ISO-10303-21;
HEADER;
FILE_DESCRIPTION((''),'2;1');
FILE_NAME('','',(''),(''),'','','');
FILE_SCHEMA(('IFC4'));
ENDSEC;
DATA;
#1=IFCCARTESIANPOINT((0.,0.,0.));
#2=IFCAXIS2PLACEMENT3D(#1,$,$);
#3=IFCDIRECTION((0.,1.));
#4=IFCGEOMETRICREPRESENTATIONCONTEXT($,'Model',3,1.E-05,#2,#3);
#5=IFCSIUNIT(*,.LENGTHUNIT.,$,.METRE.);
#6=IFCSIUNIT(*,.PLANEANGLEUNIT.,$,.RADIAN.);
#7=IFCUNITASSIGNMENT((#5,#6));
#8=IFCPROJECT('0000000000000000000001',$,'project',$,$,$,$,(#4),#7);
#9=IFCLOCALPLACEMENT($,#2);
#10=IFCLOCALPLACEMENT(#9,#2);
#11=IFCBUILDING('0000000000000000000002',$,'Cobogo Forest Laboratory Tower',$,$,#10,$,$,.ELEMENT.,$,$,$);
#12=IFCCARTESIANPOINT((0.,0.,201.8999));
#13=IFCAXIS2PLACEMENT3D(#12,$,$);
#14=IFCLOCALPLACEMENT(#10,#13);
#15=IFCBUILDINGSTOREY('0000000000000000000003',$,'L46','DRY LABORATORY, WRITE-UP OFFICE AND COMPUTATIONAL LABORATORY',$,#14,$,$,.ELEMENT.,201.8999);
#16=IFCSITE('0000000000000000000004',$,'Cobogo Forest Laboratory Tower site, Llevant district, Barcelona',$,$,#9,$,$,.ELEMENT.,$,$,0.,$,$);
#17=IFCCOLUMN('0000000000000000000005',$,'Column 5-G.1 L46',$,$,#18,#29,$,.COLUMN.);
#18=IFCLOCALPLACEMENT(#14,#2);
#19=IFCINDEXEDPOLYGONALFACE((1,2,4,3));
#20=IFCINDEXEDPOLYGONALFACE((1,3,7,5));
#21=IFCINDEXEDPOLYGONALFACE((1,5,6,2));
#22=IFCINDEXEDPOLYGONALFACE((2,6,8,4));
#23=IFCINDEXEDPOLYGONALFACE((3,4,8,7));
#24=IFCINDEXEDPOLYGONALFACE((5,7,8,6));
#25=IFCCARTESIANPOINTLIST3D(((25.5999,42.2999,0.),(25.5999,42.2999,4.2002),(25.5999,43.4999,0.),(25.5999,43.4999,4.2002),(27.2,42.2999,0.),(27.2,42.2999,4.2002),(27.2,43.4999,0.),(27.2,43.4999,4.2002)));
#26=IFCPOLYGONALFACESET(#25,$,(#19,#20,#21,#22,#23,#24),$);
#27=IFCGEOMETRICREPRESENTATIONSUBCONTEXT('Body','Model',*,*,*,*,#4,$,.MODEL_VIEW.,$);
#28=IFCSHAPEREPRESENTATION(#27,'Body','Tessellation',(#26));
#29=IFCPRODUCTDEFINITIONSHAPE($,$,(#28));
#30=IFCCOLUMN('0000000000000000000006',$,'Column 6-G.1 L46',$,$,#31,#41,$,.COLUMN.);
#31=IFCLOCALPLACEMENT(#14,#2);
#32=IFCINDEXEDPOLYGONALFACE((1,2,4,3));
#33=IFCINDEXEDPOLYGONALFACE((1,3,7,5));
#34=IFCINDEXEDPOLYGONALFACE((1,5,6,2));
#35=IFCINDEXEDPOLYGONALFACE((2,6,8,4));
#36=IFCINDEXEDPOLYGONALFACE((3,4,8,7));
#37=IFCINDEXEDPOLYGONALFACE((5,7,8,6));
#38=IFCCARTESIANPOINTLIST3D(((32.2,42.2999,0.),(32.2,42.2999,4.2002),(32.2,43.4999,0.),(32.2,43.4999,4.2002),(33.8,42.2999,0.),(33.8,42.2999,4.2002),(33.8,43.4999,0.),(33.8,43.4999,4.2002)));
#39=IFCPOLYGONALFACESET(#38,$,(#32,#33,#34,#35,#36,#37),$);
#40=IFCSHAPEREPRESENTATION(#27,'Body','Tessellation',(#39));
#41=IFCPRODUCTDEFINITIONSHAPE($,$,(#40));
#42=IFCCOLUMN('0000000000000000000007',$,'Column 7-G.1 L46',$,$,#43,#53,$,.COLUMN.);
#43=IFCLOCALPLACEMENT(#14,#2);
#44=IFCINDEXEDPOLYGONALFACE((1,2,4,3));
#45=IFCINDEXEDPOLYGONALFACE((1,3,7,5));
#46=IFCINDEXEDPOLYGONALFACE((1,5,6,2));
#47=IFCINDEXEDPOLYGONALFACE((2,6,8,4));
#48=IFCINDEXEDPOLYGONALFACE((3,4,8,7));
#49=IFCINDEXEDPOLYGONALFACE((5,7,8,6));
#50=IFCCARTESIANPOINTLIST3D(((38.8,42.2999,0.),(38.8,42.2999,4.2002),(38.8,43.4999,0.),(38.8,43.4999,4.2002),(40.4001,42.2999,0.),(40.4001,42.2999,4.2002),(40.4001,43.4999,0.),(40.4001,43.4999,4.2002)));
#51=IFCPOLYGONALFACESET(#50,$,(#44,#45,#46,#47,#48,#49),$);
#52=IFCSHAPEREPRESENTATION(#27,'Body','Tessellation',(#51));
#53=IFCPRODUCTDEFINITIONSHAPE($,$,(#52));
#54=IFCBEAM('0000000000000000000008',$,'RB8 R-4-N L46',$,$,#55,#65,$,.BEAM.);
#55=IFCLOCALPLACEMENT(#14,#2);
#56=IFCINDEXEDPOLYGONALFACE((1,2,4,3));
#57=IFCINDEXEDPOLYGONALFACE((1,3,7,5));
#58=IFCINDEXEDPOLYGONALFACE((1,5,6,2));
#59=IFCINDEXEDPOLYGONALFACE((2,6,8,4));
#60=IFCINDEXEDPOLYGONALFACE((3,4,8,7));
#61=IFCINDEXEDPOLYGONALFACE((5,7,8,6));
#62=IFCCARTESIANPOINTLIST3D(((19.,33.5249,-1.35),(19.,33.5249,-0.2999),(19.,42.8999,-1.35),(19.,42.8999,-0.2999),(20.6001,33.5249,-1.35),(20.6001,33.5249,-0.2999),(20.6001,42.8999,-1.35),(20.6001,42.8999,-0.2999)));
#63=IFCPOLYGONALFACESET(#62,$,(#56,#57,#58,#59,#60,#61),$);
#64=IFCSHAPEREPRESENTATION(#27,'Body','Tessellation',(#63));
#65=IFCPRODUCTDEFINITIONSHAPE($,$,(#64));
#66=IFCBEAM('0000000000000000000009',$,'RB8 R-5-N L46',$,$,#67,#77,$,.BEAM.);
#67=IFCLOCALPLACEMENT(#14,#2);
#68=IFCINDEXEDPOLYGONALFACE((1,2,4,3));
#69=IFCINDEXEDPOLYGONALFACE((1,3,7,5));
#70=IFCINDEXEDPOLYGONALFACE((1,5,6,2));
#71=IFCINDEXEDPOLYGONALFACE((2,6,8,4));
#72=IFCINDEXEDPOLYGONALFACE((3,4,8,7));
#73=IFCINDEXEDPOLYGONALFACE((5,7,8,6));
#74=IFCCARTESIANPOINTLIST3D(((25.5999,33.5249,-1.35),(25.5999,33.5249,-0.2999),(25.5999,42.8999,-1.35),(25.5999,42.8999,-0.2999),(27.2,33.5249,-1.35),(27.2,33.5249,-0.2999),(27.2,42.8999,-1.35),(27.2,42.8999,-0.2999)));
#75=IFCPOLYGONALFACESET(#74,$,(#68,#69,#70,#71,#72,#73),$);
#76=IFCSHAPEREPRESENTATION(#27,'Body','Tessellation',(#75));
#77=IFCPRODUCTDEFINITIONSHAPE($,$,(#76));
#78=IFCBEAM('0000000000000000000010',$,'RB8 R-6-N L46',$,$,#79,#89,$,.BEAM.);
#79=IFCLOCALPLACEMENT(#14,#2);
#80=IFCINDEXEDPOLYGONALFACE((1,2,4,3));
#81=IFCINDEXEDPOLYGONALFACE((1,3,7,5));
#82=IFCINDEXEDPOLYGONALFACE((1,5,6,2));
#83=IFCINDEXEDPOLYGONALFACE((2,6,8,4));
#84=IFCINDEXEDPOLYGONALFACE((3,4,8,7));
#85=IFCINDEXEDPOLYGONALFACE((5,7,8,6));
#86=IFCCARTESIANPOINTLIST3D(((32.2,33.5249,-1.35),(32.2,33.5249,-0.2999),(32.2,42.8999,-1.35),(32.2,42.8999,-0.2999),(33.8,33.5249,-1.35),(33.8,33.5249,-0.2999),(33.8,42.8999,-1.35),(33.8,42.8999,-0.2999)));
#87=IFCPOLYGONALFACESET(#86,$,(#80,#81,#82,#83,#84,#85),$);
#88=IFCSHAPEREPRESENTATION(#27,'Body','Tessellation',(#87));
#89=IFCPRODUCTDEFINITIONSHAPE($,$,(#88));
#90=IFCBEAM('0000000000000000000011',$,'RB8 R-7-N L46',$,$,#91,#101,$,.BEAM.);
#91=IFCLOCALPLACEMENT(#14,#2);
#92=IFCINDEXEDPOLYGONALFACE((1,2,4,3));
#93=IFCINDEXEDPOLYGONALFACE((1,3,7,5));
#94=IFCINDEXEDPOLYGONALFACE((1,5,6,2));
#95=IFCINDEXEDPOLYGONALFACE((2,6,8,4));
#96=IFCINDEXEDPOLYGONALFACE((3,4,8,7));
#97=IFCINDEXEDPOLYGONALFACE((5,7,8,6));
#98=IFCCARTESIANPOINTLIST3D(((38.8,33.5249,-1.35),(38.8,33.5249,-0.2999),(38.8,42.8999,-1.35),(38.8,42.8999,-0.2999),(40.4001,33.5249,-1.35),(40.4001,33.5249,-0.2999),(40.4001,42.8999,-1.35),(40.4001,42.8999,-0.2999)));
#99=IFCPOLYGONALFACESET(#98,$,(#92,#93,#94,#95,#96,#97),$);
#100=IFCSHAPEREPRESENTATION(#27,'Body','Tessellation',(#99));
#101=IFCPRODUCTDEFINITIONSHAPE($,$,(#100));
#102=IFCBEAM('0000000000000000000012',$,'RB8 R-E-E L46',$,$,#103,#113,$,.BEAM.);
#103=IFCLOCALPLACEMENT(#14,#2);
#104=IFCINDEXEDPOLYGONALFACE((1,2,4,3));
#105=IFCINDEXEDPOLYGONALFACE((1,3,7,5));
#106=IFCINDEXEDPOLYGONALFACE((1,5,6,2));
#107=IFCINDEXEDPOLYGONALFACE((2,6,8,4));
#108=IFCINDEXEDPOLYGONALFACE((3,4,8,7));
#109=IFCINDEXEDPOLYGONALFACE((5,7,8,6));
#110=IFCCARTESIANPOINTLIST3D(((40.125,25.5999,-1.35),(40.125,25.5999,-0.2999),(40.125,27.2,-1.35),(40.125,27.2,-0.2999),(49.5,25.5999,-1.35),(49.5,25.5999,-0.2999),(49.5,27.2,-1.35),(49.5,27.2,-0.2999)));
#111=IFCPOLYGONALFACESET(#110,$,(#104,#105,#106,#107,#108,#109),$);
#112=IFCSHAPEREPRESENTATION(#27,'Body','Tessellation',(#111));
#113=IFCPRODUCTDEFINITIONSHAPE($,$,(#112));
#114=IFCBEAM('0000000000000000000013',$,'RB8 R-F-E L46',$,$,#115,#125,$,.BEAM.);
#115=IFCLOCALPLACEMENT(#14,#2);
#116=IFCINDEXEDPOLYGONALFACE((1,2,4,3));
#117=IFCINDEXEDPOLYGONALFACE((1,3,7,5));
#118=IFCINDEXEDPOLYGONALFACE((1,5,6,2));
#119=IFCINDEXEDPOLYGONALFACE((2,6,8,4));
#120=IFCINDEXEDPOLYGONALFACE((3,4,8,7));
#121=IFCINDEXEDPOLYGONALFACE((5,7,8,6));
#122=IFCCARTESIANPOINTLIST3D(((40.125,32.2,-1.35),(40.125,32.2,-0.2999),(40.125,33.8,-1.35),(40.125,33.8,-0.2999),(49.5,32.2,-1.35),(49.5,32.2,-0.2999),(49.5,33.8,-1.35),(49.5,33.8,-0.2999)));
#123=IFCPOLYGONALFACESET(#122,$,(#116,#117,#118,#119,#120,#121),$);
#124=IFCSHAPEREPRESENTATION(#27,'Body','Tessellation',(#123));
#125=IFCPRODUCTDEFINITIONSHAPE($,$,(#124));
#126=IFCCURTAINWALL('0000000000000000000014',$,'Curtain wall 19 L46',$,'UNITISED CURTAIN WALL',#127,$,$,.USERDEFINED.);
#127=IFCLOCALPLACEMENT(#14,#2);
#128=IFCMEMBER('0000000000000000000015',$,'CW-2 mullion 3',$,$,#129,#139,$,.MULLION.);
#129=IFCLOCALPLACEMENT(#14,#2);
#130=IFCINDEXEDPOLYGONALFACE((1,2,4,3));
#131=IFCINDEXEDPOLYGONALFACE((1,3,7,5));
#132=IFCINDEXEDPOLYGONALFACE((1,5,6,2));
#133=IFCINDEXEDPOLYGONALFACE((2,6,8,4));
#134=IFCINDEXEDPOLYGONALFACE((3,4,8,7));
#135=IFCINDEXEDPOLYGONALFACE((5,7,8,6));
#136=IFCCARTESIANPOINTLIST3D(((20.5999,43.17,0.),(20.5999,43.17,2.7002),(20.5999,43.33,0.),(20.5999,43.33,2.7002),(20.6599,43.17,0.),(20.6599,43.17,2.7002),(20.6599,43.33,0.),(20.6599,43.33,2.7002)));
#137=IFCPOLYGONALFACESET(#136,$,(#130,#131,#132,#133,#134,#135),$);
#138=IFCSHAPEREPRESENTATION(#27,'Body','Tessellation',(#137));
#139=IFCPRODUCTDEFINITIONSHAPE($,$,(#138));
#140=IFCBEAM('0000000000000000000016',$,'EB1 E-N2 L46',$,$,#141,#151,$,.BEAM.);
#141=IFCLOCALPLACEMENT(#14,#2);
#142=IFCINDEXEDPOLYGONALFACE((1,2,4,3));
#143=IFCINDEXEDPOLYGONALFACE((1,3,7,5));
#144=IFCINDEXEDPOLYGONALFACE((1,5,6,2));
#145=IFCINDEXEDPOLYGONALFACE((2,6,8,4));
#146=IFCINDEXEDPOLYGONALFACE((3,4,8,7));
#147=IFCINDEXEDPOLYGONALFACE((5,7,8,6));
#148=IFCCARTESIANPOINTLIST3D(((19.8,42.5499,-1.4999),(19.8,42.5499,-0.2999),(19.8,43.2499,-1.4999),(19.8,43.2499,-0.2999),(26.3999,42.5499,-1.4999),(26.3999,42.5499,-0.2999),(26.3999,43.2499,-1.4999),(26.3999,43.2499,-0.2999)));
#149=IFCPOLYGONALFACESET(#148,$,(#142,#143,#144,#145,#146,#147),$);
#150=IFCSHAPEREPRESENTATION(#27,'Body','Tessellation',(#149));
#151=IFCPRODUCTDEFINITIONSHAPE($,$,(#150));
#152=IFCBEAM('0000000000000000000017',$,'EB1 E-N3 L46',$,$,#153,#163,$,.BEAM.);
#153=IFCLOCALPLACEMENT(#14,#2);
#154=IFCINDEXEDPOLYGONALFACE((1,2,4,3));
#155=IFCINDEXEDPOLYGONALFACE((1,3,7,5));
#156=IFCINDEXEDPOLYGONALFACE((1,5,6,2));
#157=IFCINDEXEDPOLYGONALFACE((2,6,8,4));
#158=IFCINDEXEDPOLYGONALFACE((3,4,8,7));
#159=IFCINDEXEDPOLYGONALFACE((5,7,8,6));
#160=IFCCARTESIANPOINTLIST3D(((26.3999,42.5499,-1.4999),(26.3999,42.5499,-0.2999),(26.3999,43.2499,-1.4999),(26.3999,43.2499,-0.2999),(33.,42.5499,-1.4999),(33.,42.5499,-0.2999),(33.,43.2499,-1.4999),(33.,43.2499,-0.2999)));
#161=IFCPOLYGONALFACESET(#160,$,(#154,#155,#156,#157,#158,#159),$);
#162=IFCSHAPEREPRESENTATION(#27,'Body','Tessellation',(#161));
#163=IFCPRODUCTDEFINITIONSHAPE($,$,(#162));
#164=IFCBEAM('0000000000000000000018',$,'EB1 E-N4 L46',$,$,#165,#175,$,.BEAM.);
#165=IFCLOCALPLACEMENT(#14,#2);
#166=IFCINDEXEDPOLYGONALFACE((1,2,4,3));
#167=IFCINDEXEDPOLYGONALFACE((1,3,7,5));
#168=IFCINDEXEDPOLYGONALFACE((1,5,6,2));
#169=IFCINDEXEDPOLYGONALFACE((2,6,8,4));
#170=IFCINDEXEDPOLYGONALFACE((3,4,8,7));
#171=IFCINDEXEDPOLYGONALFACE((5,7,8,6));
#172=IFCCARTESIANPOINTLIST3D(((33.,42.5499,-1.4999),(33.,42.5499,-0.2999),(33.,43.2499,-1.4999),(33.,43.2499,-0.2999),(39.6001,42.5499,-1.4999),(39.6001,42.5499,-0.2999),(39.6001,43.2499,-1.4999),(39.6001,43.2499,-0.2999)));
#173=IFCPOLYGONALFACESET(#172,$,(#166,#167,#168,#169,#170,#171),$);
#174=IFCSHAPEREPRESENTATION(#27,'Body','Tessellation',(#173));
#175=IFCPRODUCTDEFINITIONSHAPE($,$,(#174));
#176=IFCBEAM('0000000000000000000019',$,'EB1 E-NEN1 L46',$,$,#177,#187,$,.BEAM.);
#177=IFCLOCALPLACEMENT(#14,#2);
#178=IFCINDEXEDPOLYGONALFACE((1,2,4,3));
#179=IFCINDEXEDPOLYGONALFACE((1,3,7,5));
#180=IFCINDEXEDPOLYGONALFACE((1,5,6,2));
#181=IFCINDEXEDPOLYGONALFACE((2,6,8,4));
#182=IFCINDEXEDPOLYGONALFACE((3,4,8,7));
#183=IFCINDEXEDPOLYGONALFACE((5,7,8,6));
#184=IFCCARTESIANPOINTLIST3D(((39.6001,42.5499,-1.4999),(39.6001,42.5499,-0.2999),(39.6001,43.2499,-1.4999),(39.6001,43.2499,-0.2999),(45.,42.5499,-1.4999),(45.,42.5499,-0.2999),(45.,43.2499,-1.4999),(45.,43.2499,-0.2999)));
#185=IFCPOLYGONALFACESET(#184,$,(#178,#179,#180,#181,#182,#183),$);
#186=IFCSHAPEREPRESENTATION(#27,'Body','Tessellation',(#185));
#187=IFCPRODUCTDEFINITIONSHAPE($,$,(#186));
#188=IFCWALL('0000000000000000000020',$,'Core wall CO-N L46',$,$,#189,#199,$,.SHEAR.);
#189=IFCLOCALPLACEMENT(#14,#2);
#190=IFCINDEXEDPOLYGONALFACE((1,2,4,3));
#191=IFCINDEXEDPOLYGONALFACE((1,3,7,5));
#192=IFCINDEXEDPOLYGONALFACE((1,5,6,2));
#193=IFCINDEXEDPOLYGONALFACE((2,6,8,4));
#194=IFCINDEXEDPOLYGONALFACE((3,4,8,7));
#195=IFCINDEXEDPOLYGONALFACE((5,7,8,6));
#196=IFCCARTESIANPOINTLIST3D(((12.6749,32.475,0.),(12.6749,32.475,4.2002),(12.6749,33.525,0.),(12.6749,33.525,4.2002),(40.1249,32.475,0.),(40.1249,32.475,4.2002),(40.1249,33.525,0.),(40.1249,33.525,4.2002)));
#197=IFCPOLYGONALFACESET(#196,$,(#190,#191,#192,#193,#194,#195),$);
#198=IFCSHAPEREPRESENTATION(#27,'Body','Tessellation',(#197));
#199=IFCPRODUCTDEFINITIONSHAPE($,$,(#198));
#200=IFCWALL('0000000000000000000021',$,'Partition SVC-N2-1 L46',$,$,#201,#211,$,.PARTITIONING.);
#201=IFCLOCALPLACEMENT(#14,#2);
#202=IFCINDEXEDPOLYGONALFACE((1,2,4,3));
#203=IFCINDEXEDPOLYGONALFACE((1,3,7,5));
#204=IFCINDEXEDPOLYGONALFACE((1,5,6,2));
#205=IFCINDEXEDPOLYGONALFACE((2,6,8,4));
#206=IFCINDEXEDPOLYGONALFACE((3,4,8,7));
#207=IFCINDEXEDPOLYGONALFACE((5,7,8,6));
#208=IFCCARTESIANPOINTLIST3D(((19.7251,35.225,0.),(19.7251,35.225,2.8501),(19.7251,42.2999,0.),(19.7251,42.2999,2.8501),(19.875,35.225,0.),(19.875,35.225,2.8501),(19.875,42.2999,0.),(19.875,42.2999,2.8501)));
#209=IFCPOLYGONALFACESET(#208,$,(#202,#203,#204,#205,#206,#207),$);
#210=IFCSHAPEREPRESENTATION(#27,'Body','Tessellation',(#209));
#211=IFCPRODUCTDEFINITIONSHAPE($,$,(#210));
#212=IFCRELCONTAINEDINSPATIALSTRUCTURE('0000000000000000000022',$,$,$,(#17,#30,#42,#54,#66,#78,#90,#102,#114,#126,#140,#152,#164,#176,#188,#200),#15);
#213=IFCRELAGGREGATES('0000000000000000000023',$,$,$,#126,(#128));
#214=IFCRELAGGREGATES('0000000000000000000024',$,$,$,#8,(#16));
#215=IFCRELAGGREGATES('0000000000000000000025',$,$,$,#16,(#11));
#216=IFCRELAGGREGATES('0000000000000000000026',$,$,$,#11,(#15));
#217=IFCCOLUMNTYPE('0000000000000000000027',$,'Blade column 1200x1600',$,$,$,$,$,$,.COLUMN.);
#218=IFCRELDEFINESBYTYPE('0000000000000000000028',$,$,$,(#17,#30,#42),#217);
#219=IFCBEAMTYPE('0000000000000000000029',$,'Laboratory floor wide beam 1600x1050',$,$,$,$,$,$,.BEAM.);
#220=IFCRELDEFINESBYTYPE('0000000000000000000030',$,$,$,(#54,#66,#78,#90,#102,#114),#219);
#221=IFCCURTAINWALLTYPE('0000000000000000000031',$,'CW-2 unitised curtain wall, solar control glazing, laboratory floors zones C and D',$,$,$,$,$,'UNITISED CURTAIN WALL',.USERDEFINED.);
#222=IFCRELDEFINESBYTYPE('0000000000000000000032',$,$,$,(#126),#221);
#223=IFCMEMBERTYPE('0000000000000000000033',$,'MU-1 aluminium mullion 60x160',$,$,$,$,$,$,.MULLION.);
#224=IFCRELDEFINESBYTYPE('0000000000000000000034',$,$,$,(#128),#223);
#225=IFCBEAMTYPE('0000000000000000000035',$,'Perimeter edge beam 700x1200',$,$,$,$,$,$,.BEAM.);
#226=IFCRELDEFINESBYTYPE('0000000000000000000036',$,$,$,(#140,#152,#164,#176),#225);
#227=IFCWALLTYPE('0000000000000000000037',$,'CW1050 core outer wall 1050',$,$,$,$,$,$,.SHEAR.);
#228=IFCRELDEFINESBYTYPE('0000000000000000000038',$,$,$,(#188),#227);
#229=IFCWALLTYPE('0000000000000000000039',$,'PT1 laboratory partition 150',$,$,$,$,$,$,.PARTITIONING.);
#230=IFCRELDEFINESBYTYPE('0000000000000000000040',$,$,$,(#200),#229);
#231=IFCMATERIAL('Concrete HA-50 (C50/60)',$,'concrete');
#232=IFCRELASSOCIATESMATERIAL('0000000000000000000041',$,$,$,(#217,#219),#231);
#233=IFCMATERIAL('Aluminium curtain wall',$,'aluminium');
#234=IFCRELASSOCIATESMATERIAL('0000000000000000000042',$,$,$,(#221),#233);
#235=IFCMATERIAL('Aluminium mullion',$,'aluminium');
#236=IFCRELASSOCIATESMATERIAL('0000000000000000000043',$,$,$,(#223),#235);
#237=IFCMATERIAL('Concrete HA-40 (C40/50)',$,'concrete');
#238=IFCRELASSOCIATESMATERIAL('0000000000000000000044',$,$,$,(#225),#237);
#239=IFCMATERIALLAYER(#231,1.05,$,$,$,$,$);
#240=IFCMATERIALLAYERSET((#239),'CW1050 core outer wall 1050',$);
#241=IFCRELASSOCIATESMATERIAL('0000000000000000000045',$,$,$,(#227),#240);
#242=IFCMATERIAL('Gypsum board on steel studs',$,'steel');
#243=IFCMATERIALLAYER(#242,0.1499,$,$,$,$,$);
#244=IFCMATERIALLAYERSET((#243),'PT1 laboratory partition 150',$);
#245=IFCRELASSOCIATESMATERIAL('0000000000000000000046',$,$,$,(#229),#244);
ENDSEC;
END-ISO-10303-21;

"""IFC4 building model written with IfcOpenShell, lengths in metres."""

from ifc_helpers import new_model, si_unit, direction, frame, frame_2d, origin, origin_2d, place, context, subcontext, project, spatial, rectangle, extrude, material, layer, layer_set, material_profile, profile_set, type_object, element, aggregate, save


model = new_model("IFC4")

# Units and contexts
model_context = context("Model", 3, precision=1e-05, world=origin(), true_north=direction((0.0, 1.0)))
body_context = subcontext(model_context, "Body", "Model", "MODEL_VIEW")
ifc_project = project(units=[si_unit("LENGTHUNIT", "METRE"), si_unit("PLANEANGLEUNIT", "RADIAN")], contexts=[model_context])

# Site, building, storey
site_placement = place(None, origin())
site = spatial("IfcSite", under=ifc_project, at=site_placement, Name="Cobogo Forest Laboratory Tower site, Llevant district, Barcelona", CompositionType="ELEMENT", RefElevation=0.0)
building_placement = place(site_placement, origin())
building = spatial("IfcBuilding", under=site, at=building_placement, Name="Cobogo Forest Laboratory Tower", CompositionType="ELEMENT")
storey_placement = place(building_placement, frame((0.0, 0.0, 201.8999)))
storey = spatial("IfcBuildingStorey", under=building, at=storey_placement, Name="L46", Description="DRY LABORATORY, WRITE-UP OFFICE AND COMPUTATIONAL LABORATORY", CompositionType="ELEMENT", Elevation=201.8999)

# Columns
ifc_material_1 = material(Name="Concrete HA-50 (C50/60)", Category="concrete")
ifc_material_profile_1 = material_profile(ifc_material_1, rectangle(XDim=1.6001, YDim=1.2, at=origin_2d()), Name="RC 1200x1600")
ifc_profile_set_1 = profile_set([ifc_material_profile_1], Name="Concrete HA-50 (C50/60)")
column_type = type_object("IfcColumnType", Name="Blade column 1200x1600", PredefinedType="COLUMN", material=ifc_profile_set_1)
for number, where, z_axis, x_axis, name in (
    (1, (26.3999, 42.8999, 0.0), (0.0, 0.0, 1.0), (1.0, 0.0, 0.0), "Column 5-G.1 L46"),
    (2, (33.0, 42.8999, 0.0), (0.0, 0.0, 1.0), (1.0, 0.0, 0.0), "Column 6-G.1 L46"),
    (3, (39.6001, 42.8999, 0.0), (0.0, 0.0, 1.0), (1.0, 0.0, 0.0), "Column 7-G.1 L46"),
):
    element("IfcColumn", number, at=place(storey_placement, frame(where, z_axis=z_axis, x_axis=x_axis)), inside=storey, type_object=column_type, Name=name, PredefinedType="COLUMN", context=body_context, shape_type="SweptSolid", body=[
        extrude(rectangle(XDim=1.6001, YDim=1.2, at=origin_2d()), origin(), (0.0, 0.0, 1.0), 4.2002),
    ])

# Beams
ifc_material_profile_2 = material_profile(ifc_material_1, rectangle(XDim=1.6001, YDim=1.05, at=origin_2d()), Name="RC 1600x1050")
ifc_profile_set_2 = profile_set([ifc_material_profile_2], Name="Concrete HA-50 (C50/60)")
beam_type_1 = type_object("IfcBeamType", Name="Laboratory floor wide beam 1600x1050", PredefinedType="BEAM", material=ifc_profile_set_2)
for number, where, z_axis, x_axis, name in (
    (4, (19.8, 33.5249, -0.825), (0.0, 1.0, 0.0), (-1.0, 0.0, 0.0), "RB8 R-4-N L46"),
    (5, (26.3999, 33.5249, -0.825), (0.0, 1.0, 0.0), (-1.0, 0.0, 0.0), "RB8 R-5-N L46"),
    (6, (33.0, 33.5249, -0.825), (0.0, 1.0, 0.0), (-1.0, 0.0, 0.0), "RB8 R-6-N L46"),
    (7, (39.6001, 33.5249, -0.825), (0.0, 1.0, 0.0), (-1.0, 0.0, 0.0), "RB8 R-7-N L46"),
    (8, (40.125, 26.3999, -0.825), (1.0, 0.0, 0.0), (0.0, 1.0, 0.0), "RB8 R-E-E L46"),
    (9, (40.125, 33.0, -0.825), (1.0, 0.0, 0.0), (0.0, 1.0, 0.0), "RB8 R-F-E L46"),
):
    element("IfcBeam", number, at=place(storey_placement, frame(where, z_axis=z_axis, x_axis=x_axis)), inside=storey, type_object=beam_type_1, Name=name, PredefinedType="BEAM", context=body_context, shape_type="SweptSolid", body=[
        extrude(rectangle(XDim=1.6001, YDim=1.05, at=origin_2d()), origin(), (0.0, 0.0, 1.0), 9.375),
    ])

# Curtain wall, member
ifc_material_2 = material(Name="Aluminium curtain wall", Category="aluminium")
curtain_wall_type = type_object("IfcCurtainWallType", Name="CW-2 unitised curtain wall, solar control glazing, laboratory floors zones C and D", ElementType="UNITISED CURTAIN WALL", PredefinedType="USERDEFINED", material=ifc_material_2)
curtain_wall_placement = place(storey_placement, origin())
curtain_wall = element("IfcCurtainWall", 10, at=curtain_wall_placement, inside=storey, type_object=curtain_wall_type, Name="Curtain wall 19 L46", ObjectType="UNITISED CURTAIN WALL", PredefinedType="USERDEFINED")
ifc_material_3 = material(Name="Aluminium mullion", Category="aluminium")
ifc_material_profile_3 = material_profile(ifc_material_3, rectangle(XDim=0.0601, YDim=0.1599, at=origin_2d()), Name="AL 60x160")
ifc_profile_set_3 = profile_set([ifc_material_profile_3], Name="Aluminium mullion")
member_type = type_object("IfcMemberType", Name="MU-1 aluminium mullion 60x160", PredefinedType="MULLION", material=ifc_profile_set_3)
member_placement = place(storey_placement, frame((20.6299, 43.25, 0.0), z_axis=(0.0, 0.0, 1.0), x_axis=(-1.0, 0.0, 0.0)))
member = element("IfcMember", 11, at=member_placement, type_object=member_type, Name="CW-2 mullion 3", PredefinedType="MULLION", context=body_context, shape_type="SweptSolid", body=[
    extrude(rectangle(XDim=0.0601, YDim=0.1599, at=origin_2d()), origin(), (0.0, 0.0, 1.0), 2.7002),
])
aggregate(curtain_wall, [member])

# Beams
ifc_material_4 = material(Name="Concrete HA-40 (C40/50)", Category="concrete")
ifc_material_profile_4 = material_profile(ifc_material_4, rectangle(XDim=0.7, YDim=1.2, at=origin_2d()), Name="RC 700x1200")
ifc_profile_set_4 = profile_set([ifc_material_profile_4], Name="Concrete HA-40 (C40/50)")
beam_type_2 = type_object("IfcBeamType", Name="Perimeter edge beam 700x1200", PredefinedType="BEAM", material=ifc_profile_set_4)
beam_1_placement = place(storey_placement, frame((19.8, 42.8999, -0.8999), z_axis=(1.0, 0.0, 0.0), x_axis=(0.0, 1.0, 0.0)))
element("IfcBeam", 12, at=beam_1_placement, inside=storey, type_object=beam_type_2, Name="EB1 E-N2 L46", PredefinedType="BEAM", context=body_context, shape_type="SweptSolid", body=[
    extrude(rectangle(XDim=0.7, YDim=1.2, at=origin_2d()), origin(), (0.0, 0.0, 1.0), 6.5999),
])
for number, where, z_axis, x_axis, name in (
    (13, (26.3999, 42.8999, -0.8999), (1.0, 0.0, 0.0), (0.0, 1.0, 0.0), "EB1 E-N3 L46"),
    (14, (33.0, 42.8999, -0.8999), (1.0, 0.0, 0.0), (0.0, 1.0, 0.0), "EB1 E-N4 L46"),
):
    element("IfcBeam", number, at=place(storey_placement, frame(where, z_axis=z_axis, x_axis=x_axis)), inside=storey, type_object=beam_type_2, Name=name, PredefinedType="BEAM", context=body_context, shape_type="SweptSolid", body=[
        extrude(rectangle(XDim=0.7, YDim=1.2, at=origin_2d()), origin(), (0.0, 0.0, 1.0), 6.6001),
    ])
beam_2_placement = place(storey_placement, frame((39.6001, 42.8999, -0.8999), z_axis=(1.0, 0.0, 0.0), x_axis=(0.0, 1.0, 0.0)))
element("IfcBeam", 15, at=beam_2_placement, inside=storey, type_object=beam_type_2, Name="EB1 E-NEN1 L46", PredefinedType="BEAM", context=body_context, shape_type="SweptSolid", body=[
    extrude(rectangle(XDim=0.7, YDim=1.2, at=origin_2d()), origin(), (0.0, 0.0, 1.0), 5.3999),
])

# Walls
ifc_layer_1 = layer(ifc_material_1, 1.05)
ifc_layer_set_1 = layer_set([ifc_layer_1], Name="CW1050 core outer wall 1050")
wall_type_1 = type_object("IfcWallType", Name="CW1050 core outer wall 1050", PredefinedType="SHEAR", material=ifc_layer_set_1)
wall_1_placement = place(storey_placement, frame((40.125, 33.0, 0.0), z_axis=(0.0, 0.0, 1.0), x_axis=(-1.0, 0.0, 0.0)))
element("IfcWall", 16, at=wall_1_placement, inside=storey, type_object=wall_type_1, Name="Core wall CO-N L46", PredefinedType="SHEAR", context=body_context, shape_type="SweptSolid", body=[
    extrude(rectangle(XDim=27.45, YDim=1.05, at=frame_2d((13.7251, 0.0))), origin(), (0.0, 0.0, 1.0), 4.2002),
])
ifc_material_5 = material(Name="Gypsum board on steel studs", Category="steel")
ifc_layer_2 = layer(ifc_material_5, 0.1499)
ifc_layer_set_2 = layer_set([ifc_layer_2], Name="PT1 laboratory partition 150")
wall_type_2 = type_object("IfcWallType", Name="PT1 laboratory partition 150", PredefinedType="PARTITIONING", material=ifc_layer_set_2)
wall_2_placement = place(storey_placement, frame((19.8, 42.3, 0.0), z_axis=(0.0, 0.0, 1.0), x_axis=(0.0, -1.0, 0.0)))
element("IfcWall", 17, at=wall_2_placement, inside=storey, type_object=wall_type_2, Name="Partition SVC-N2-1 L46", PredefinedType="PARTITIONING", context=body_context, shape_type="SweptSolid", body=[
    extrude(rectangle(XDim=7.075, YDim=0.1499, at=frame_2d((3.5376, 0.0))), origin(), (0.0, 0.0, 1.0), 2.8501),
])

save(model, "model.ifc")
